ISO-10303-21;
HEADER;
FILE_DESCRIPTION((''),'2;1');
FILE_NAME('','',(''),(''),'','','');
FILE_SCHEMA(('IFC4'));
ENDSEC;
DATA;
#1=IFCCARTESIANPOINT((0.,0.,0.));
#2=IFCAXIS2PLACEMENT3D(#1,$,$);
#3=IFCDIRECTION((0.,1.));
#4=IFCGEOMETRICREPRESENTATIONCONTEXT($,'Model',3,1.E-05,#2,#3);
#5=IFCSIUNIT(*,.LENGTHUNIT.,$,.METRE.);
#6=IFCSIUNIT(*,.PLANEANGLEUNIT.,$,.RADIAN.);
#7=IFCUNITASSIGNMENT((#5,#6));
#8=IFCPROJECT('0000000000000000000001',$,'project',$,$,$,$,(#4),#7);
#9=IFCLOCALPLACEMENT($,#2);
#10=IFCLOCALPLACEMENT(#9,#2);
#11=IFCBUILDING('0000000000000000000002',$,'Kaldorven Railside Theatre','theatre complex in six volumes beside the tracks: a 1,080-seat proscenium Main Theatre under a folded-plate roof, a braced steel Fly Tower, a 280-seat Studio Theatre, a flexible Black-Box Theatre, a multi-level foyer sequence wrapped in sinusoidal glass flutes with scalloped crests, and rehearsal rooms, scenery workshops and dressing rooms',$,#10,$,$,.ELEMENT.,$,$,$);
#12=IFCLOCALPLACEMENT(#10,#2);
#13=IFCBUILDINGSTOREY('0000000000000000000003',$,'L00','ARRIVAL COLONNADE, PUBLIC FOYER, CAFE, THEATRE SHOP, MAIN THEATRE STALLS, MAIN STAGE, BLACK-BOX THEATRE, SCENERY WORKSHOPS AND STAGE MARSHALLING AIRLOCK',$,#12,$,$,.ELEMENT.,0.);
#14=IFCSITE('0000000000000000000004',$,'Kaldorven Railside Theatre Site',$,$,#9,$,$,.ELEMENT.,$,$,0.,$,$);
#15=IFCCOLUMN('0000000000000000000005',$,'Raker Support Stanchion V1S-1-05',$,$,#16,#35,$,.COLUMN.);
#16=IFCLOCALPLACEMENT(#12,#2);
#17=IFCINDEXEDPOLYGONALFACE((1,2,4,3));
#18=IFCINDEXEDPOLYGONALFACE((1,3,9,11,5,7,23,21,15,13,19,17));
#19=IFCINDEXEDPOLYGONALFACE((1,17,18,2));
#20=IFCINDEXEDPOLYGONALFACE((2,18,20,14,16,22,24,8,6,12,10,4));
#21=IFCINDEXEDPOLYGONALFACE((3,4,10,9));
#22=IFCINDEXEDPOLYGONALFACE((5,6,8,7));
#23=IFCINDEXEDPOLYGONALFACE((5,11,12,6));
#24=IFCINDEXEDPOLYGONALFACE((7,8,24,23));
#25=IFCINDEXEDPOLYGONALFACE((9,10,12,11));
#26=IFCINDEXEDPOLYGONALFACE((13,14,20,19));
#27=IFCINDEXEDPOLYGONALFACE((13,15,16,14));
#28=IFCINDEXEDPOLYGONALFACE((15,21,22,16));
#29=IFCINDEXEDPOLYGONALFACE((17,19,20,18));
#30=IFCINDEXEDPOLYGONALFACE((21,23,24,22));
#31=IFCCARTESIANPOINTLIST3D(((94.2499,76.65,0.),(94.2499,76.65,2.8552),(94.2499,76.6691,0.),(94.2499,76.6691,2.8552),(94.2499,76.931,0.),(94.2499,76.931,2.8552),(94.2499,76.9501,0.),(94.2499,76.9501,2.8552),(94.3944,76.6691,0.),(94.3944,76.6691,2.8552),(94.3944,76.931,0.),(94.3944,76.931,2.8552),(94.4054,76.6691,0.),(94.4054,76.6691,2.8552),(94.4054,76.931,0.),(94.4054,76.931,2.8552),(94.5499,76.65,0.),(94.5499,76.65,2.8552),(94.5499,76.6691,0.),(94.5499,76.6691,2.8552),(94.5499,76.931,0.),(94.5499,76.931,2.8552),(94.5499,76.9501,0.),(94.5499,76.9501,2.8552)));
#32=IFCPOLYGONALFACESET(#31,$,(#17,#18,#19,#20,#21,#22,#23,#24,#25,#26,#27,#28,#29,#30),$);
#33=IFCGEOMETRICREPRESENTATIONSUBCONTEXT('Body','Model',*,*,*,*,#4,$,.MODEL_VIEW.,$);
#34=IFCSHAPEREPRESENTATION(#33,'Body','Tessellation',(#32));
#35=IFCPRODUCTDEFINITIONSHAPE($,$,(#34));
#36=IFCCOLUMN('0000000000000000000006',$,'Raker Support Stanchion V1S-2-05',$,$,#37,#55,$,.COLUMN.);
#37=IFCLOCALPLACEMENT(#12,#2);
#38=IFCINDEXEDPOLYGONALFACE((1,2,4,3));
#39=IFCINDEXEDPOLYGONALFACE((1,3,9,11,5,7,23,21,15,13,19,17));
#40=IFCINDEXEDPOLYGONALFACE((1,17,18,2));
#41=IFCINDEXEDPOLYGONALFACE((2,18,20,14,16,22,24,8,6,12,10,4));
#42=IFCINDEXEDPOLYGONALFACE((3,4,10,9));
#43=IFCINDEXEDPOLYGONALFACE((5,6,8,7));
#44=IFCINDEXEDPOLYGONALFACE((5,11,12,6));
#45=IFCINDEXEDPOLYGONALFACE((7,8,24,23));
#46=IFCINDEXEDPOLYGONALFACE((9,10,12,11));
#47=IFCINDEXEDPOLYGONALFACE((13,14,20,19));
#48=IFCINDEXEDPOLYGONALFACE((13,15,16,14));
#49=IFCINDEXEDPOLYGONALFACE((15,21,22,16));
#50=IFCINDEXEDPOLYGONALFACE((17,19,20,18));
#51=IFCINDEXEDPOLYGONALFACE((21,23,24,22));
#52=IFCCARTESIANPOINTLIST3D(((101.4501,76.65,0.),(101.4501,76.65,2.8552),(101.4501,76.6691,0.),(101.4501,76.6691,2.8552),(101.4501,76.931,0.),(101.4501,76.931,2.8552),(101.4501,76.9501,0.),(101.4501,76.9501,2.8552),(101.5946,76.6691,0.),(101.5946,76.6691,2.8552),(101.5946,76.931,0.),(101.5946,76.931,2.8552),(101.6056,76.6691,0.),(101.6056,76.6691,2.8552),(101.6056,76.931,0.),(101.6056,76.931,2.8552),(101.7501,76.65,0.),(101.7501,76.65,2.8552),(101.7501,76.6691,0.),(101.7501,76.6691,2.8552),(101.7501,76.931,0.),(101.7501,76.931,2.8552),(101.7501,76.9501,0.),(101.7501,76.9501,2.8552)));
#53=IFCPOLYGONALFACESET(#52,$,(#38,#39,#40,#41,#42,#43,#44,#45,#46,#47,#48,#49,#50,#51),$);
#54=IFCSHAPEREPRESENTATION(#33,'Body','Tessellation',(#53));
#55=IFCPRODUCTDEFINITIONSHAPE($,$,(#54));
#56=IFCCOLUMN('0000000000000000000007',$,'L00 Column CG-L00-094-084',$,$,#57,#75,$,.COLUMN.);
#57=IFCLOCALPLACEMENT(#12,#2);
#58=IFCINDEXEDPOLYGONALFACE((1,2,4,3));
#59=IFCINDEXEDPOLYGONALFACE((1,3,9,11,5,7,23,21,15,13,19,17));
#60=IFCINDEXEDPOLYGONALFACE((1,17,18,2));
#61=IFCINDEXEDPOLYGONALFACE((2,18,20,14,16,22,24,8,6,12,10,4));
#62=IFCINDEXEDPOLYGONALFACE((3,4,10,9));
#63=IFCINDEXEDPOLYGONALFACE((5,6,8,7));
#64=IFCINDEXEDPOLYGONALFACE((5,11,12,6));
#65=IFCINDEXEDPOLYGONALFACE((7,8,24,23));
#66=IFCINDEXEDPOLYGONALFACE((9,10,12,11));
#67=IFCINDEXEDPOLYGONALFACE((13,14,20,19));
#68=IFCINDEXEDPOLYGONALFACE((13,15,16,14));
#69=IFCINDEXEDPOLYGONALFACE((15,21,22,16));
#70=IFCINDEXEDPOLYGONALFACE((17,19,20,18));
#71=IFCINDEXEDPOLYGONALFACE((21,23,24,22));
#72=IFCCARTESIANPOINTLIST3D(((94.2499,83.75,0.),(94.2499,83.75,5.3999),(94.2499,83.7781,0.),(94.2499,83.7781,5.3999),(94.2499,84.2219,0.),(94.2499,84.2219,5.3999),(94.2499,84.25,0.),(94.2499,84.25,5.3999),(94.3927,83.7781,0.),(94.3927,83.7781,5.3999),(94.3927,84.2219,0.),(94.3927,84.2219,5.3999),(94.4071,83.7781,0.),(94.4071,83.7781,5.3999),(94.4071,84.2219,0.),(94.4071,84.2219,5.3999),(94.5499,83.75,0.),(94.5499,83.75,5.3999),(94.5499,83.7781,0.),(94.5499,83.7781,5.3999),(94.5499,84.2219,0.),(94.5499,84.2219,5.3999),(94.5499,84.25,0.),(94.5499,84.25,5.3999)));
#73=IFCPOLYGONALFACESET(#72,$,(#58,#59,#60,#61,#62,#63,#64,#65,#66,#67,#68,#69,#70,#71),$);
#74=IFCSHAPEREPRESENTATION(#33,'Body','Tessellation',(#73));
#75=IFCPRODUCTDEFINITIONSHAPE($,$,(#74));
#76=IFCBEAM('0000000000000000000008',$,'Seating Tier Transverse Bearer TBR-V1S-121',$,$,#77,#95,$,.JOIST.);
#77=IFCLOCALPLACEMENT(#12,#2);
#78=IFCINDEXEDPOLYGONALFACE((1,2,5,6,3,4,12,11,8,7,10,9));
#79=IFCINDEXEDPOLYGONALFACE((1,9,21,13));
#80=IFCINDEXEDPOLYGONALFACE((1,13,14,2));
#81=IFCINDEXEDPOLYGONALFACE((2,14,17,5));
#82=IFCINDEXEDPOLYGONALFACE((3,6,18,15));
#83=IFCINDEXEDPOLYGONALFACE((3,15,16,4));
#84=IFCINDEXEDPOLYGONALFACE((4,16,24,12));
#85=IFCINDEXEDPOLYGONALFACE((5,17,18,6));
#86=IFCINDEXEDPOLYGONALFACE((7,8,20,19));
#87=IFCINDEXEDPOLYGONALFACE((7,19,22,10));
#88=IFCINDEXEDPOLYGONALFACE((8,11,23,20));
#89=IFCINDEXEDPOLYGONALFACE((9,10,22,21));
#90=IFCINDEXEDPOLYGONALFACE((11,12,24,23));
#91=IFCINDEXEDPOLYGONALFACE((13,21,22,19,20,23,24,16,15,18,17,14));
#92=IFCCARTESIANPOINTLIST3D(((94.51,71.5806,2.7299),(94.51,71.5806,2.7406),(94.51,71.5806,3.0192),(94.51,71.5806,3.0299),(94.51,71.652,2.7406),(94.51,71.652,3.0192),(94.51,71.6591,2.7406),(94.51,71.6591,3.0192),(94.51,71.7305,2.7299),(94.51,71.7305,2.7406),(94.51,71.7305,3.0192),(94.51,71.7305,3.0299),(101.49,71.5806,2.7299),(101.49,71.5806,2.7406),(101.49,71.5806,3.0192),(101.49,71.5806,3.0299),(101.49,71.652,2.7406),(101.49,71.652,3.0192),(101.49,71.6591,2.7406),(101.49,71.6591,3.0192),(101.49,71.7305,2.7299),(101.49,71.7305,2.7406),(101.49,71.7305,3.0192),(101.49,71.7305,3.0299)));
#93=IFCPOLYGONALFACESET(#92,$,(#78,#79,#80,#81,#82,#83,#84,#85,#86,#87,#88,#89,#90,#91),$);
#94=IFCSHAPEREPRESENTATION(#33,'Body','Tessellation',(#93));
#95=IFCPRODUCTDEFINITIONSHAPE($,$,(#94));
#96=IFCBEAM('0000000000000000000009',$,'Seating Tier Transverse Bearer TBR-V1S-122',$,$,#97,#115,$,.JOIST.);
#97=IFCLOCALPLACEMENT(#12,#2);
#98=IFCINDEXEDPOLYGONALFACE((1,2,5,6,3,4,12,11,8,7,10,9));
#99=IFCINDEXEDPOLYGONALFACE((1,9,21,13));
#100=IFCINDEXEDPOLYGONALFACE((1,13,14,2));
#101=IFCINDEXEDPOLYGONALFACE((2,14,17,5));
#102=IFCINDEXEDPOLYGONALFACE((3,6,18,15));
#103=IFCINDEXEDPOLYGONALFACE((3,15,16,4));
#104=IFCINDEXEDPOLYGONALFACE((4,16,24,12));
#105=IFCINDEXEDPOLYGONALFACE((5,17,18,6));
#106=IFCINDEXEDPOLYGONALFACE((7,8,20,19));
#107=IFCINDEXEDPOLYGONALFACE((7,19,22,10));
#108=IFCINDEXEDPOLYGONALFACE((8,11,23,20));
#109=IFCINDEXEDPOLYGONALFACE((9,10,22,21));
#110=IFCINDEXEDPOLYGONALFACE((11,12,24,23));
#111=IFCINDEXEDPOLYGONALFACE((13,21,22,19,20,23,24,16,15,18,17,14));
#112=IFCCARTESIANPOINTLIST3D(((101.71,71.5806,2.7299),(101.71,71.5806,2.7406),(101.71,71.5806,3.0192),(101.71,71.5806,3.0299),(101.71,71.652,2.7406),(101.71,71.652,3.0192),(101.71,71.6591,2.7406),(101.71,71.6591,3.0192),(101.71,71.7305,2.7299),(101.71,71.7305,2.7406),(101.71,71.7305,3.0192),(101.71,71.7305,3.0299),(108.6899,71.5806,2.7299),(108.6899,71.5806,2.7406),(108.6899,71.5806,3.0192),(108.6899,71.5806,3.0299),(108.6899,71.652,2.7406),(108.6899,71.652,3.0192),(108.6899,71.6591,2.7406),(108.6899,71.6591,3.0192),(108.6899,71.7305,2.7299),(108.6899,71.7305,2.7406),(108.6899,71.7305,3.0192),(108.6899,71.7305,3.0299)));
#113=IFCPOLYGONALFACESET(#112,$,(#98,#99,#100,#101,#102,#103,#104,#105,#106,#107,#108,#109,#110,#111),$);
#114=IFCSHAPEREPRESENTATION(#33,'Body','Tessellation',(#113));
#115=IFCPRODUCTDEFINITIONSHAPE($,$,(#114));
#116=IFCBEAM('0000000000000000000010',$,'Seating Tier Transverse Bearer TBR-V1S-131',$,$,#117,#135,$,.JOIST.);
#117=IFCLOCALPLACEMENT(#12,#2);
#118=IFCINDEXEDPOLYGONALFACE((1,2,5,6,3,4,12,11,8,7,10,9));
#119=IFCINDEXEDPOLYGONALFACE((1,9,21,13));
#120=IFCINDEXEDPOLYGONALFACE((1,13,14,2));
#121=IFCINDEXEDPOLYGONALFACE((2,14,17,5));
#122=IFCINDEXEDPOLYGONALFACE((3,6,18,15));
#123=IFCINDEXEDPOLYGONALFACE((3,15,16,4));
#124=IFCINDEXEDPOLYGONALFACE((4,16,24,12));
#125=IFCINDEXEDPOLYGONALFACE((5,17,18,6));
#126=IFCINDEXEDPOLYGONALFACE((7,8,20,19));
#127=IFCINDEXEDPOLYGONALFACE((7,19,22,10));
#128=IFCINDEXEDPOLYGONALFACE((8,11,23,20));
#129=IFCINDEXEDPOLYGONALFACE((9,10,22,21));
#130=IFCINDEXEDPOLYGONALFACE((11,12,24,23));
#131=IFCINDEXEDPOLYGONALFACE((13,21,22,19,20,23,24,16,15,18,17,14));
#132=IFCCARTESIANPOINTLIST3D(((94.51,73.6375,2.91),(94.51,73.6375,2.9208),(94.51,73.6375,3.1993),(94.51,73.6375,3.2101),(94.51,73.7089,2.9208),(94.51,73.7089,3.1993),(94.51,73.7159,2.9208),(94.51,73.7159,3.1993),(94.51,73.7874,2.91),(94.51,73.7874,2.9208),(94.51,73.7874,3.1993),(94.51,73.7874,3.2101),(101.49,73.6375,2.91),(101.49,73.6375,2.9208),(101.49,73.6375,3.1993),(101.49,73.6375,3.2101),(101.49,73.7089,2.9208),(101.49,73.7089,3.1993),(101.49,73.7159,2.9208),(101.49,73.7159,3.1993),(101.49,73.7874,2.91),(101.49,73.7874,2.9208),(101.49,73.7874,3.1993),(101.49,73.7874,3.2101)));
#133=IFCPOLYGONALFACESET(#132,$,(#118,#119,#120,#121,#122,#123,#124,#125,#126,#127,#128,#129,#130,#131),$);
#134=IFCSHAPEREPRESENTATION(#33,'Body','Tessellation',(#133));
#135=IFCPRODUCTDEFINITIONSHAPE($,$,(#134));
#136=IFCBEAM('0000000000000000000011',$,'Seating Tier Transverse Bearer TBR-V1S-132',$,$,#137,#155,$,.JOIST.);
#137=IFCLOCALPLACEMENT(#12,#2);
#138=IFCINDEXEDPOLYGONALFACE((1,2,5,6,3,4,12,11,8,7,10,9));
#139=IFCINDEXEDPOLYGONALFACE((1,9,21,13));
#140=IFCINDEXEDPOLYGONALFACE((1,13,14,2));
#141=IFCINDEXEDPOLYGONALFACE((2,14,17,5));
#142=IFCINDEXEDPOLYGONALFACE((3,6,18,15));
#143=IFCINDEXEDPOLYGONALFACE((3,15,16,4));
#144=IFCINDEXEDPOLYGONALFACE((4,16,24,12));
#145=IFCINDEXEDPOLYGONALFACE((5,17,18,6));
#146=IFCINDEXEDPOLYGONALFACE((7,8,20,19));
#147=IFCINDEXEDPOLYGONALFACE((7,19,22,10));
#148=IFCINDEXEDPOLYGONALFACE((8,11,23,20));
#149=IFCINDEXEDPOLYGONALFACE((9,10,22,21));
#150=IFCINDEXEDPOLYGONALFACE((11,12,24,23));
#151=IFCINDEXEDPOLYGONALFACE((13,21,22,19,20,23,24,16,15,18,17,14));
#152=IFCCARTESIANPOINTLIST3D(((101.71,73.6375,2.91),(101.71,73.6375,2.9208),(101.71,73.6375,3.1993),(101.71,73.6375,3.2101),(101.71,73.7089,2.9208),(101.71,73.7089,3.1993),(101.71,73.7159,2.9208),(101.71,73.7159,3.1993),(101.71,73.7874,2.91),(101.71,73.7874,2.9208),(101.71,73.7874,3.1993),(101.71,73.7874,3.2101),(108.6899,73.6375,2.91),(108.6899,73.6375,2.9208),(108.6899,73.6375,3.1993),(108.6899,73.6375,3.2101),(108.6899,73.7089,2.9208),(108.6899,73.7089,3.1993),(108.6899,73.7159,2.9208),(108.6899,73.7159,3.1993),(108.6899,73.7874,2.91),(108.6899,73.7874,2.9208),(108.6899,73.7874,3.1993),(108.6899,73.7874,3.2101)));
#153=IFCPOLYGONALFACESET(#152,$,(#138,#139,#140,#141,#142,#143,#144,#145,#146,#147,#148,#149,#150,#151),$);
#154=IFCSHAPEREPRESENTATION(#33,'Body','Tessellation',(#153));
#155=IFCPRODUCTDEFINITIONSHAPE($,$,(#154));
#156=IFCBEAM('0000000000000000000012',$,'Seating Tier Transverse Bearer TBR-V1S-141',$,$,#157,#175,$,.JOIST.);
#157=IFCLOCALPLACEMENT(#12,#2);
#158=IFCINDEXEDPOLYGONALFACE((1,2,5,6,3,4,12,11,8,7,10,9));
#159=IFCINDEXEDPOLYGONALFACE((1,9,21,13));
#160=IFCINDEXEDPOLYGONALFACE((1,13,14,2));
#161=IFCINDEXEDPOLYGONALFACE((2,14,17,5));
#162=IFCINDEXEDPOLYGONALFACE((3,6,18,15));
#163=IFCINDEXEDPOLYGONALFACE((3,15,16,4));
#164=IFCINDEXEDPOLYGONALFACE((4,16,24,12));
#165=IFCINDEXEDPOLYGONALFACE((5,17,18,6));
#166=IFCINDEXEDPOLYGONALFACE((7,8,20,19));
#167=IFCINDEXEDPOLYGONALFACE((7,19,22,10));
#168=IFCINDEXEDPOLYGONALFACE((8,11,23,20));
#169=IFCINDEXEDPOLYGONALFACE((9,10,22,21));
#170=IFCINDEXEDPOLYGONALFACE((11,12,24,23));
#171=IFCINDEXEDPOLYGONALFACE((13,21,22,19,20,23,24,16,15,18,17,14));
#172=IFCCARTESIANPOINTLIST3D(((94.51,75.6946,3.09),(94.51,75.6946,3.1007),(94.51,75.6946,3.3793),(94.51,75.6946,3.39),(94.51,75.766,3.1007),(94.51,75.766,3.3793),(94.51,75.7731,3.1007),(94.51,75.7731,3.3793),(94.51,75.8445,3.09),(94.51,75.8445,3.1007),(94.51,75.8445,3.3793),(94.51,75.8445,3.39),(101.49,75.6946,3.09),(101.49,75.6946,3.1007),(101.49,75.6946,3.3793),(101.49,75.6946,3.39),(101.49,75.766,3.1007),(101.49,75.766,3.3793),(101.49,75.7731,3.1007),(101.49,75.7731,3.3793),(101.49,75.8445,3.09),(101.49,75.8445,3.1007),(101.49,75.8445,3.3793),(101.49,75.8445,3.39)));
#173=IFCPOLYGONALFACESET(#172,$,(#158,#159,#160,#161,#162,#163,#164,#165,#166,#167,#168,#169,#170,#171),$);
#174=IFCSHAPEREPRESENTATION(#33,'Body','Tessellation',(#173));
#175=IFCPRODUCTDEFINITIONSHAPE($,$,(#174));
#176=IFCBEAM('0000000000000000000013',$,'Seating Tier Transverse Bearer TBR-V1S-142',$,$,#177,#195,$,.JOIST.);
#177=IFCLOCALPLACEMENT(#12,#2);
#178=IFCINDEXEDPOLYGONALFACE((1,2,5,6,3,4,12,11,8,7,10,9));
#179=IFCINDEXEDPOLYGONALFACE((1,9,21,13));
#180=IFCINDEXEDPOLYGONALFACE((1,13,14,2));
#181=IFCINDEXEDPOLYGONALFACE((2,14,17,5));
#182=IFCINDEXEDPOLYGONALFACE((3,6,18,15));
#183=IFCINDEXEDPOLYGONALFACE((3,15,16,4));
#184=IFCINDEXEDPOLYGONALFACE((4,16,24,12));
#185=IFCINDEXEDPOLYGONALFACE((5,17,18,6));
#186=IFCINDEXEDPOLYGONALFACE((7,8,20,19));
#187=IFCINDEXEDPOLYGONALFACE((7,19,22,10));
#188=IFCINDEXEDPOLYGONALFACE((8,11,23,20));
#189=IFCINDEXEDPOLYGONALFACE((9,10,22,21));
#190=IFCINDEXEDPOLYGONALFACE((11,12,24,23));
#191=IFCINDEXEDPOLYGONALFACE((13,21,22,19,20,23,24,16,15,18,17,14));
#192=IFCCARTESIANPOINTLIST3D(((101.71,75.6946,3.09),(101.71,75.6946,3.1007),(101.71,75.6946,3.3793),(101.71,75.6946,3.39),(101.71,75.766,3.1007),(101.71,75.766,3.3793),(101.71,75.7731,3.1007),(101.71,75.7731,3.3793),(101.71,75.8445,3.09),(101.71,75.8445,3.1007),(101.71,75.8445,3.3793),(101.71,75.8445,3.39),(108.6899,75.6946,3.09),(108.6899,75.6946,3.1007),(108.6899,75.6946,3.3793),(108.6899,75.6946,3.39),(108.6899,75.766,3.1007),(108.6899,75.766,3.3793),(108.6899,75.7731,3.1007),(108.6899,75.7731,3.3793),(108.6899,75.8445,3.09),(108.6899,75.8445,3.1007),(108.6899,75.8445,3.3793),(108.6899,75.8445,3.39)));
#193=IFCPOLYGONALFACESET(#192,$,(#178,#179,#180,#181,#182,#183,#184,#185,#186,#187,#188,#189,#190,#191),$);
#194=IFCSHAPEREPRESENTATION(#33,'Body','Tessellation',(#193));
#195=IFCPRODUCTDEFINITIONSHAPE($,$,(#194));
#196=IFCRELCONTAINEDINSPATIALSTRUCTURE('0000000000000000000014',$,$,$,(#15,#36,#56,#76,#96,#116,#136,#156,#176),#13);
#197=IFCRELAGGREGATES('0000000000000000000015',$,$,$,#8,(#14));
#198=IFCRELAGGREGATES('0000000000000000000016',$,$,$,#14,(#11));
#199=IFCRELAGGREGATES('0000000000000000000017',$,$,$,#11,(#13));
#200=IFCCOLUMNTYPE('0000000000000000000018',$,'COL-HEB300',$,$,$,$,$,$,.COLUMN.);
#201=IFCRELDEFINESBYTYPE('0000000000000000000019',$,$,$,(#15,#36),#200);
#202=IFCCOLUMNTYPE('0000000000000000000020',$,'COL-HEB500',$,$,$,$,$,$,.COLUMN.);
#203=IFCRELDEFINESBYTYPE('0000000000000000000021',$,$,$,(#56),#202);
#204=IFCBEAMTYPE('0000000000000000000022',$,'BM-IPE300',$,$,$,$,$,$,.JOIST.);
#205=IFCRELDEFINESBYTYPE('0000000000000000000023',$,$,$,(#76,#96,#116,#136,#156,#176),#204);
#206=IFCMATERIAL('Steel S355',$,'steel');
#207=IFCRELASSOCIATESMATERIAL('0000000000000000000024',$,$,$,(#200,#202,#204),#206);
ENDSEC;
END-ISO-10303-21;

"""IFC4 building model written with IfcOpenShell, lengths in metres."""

from ifc_helpers import new_model, si_unit, direction, frame, origin, origin_2d, place, context, subcontext, project, spatial, i_section, extrude, material, material_profile, profile_set, type_object, element, save


model = new_model("IFC4")

# Units and contexts
model_context = context("Model", 3, precision=1e-05, world=origin(), true_north=direction((0.0, 1.0)))
body_context = subcontext(model_context, "Body", "Model", "MODEL_VIEW")
ifc_project = project(units=[si_unit("LENGTHUNIT", "METRE"), si_unit("PLANEANGLEUNIT", "RADIAN")], contexts=[model_context])

# Site, building, storey
site_placement = place(None, origin())
site = spatial("IfcSite", under=ifc_project, at=site_placement, Name="Kaldorven Railside Theatre Site", CompositionType="ELEMENT", RefElevation=0.0)
building_placement = place(site_placement, origin())
building = spatial("IfcBuilding", under=site, at=building_placement, Name="Kaldorven Railside Theatre", Description="theatre complex in six volumes beside the tracks: a 1,080-seat proscenium Main Theatre under a folded-plate roof, a braced steel Fly Tower, a 280-seat Studio Theatre, a flexible Black-Box Theatre, a multi-level foyer sequence wrapped in sinusoidal glass flutes with scalloped crests, and rehearsal rooms, scenery workshops and dressing rooms", CompositionType="ELEMENT")
storey_placement = place(building_placement, origin())
storey = spatial("IfcBuildingStorey", under=building, at=storey_placement, Name="L00", Description="ARRIVAL COLONNADE, PUBLIC FOYER, CAFE, THEATRE SHOP, MAIN THEATRE STALLS, MAIN STAGE, BLACK-BOX THEATRE, SCENERY WORKSHOPS AND STAGE MARSHALLING AIRLOCK", CompositionType="ELEMENT", Elevation=0.0)

# Columns
ifc_material_1 = material(Name="Steel S355", Category="steel")
ifc_material_profile_1 = material_profile(ifc_material_1, i_section(OverallWidth=0.3, OverallDepth=0.3, WebThickness=0.011, FlangeThickness=0.019, at=origin_2d()), Name="HEB 300")
ifc_profile_set_1 = profile_set([ifc_material_profile_1], Name="Steel S355")
column_type_1 = type_object("IfcColumnType", Name="COL-HEB300", PredefinedType="COLUMN", material=ifc_profile_set_1)
for number, where, z_axis, x_axis, name in (
    (1, (94.3999, 76.8, 0.0), (0.0, 0.0, 1.0), (1.0, 0.0, 0.0), "Raker Support Stanchion V1S-1-05"),
    (2, (101.6001, 76.8, 0.0), (0.0, 0.0, 1.0), (1.0, 0.0, 0.0), "Raker Support Stanchion V1S-2-05"),
):
    element("IfcColumn", number, at=place(storey_placement, frame(where, z_axis=z_axis, x_axis=x_axis)), inside=storey, type_object=column_type_1, Name=name, PredefinedType="COLUMN", context=body_context, shape_type="SweptSolid", body=[
        extrude(i_section(OverallWidth=0.3, OverallDepth=0.3, WebThickness=0.011, FlangeThickness=0.019, at=origin_2d()), origin(), (0.0, 0.0, 1.0), 2.8552),
    ])
ifc_material_profile_2 = material_profile(ifc_material_1, i_section(OverallWidth=0.3, OverallDepth=0.5, WebThickness=0.0144, FlangeThickness=0.0281, at=origin_2d()), Name="HEB 500")
ifc_profile_set_2 = profile_set([ifc_material_profile_2], Name="Steel S355")
column_type_2 = type_object("IfcColumnType", Name="COL-HEB500", PredefinedType="COLUMN", material=ifc_profile_set_2)
column_placement = place(storey_placement, frame((94.3999, 84.0, 0.0), z_axis=(0.0, 0.0, 1.0), x_axis=(1.0, 0.0, 0.0)))
element("IfcColumn", 3, at=column_placement, inside=storey, type_object=column_type_2, Name="L00 Column CG-L00-094-084", PredefinedType="COLUMN", context=body_context, shape_type="SweptSolid", body=[
    extrude(i_section(OverallWidth=0.3, OverallDepth=0.5, WebThickness=0.0144, FlangeThickness=0.0281, at=origin_2d()), origin(), (0.0, 0.0, 1.0), 5.3999),
])

# Beams
ifc_material_profile_3 = material_profile(ifc_material_1, i_section(OverallWidth=0.1499, OverallDepth=0.3, WebThickness=0.0071, FlangeThickness=0.0107, at=origin_2d()), Name="IPE 300")
ifc_profile_set_3 = profile_set([ifc_material_profile_3], Name="Steel S355")
beam_type_1 = type_object("IfcBeamType", Name="BM-IPE300", PredefinedType="JOIST", material=ifc_profile_set_3)
for number, where, z_axis, x_axis, name in (
    (4, (94.51, 71.6555, 2.8799), (1.0, 0.0, 0.0), (0.0, 1.0, 0.0), "Seating Tier Transverse Bearer TBR-V1S-121"),
    (5, (101.71, 71.6555, 2.8799), (1.0, 0.0, 0.0), (0.0, 1.0, 0.0), "Seating Tier Transverse Bearer TBR-V1S-122"),
    (6, (94.51, 73.7124, 3.0601), (1.0, 0.0, 0.0), (0.0, 1.0, 0.0), "Seating Tier Transverse Bearer TBR-V1S-131"),
    (7, (101.71, 73.7124, 3.0601), (1.0, 0.0, 0.0), (0.0, 1.0, 0.0), "Seating Tier Transverse Bearer TBR-V1S-132"),
    (8, (94.51, 75.7695, 3.24), (1.0, 0.0, 0.0), (0.0, 1.0, 0.0), "Seating Tier Transverse Bearer TBR-V1S-141"),
    (9, (101.71, 75.7695, 3.24), (1.0, 0.0, 0.0), (0.0, 1.0, 0.0), "Seating Tier Transverse Bearer TBR-V1S-142"),
):
    element("IfcBeam", number, at=place(storey_placement, frame(where, z_axis=z_axis, x_axis=x_axis)), inside=storey, type_object=beam_type_1, Name=name, PredefinedType="JOIST", context=body_context, shape_type="SweptSolid", body=[
        extrude(i_section(OverallWidth=0.1499, OverallDepth=0.3, WebThickness=0.0071, FlangeThickness=0.0107, at=origin_2d()), origin(), (0.0, 0.0, 1.0), 6.98),
    ])

save(model, "model.ifc")
